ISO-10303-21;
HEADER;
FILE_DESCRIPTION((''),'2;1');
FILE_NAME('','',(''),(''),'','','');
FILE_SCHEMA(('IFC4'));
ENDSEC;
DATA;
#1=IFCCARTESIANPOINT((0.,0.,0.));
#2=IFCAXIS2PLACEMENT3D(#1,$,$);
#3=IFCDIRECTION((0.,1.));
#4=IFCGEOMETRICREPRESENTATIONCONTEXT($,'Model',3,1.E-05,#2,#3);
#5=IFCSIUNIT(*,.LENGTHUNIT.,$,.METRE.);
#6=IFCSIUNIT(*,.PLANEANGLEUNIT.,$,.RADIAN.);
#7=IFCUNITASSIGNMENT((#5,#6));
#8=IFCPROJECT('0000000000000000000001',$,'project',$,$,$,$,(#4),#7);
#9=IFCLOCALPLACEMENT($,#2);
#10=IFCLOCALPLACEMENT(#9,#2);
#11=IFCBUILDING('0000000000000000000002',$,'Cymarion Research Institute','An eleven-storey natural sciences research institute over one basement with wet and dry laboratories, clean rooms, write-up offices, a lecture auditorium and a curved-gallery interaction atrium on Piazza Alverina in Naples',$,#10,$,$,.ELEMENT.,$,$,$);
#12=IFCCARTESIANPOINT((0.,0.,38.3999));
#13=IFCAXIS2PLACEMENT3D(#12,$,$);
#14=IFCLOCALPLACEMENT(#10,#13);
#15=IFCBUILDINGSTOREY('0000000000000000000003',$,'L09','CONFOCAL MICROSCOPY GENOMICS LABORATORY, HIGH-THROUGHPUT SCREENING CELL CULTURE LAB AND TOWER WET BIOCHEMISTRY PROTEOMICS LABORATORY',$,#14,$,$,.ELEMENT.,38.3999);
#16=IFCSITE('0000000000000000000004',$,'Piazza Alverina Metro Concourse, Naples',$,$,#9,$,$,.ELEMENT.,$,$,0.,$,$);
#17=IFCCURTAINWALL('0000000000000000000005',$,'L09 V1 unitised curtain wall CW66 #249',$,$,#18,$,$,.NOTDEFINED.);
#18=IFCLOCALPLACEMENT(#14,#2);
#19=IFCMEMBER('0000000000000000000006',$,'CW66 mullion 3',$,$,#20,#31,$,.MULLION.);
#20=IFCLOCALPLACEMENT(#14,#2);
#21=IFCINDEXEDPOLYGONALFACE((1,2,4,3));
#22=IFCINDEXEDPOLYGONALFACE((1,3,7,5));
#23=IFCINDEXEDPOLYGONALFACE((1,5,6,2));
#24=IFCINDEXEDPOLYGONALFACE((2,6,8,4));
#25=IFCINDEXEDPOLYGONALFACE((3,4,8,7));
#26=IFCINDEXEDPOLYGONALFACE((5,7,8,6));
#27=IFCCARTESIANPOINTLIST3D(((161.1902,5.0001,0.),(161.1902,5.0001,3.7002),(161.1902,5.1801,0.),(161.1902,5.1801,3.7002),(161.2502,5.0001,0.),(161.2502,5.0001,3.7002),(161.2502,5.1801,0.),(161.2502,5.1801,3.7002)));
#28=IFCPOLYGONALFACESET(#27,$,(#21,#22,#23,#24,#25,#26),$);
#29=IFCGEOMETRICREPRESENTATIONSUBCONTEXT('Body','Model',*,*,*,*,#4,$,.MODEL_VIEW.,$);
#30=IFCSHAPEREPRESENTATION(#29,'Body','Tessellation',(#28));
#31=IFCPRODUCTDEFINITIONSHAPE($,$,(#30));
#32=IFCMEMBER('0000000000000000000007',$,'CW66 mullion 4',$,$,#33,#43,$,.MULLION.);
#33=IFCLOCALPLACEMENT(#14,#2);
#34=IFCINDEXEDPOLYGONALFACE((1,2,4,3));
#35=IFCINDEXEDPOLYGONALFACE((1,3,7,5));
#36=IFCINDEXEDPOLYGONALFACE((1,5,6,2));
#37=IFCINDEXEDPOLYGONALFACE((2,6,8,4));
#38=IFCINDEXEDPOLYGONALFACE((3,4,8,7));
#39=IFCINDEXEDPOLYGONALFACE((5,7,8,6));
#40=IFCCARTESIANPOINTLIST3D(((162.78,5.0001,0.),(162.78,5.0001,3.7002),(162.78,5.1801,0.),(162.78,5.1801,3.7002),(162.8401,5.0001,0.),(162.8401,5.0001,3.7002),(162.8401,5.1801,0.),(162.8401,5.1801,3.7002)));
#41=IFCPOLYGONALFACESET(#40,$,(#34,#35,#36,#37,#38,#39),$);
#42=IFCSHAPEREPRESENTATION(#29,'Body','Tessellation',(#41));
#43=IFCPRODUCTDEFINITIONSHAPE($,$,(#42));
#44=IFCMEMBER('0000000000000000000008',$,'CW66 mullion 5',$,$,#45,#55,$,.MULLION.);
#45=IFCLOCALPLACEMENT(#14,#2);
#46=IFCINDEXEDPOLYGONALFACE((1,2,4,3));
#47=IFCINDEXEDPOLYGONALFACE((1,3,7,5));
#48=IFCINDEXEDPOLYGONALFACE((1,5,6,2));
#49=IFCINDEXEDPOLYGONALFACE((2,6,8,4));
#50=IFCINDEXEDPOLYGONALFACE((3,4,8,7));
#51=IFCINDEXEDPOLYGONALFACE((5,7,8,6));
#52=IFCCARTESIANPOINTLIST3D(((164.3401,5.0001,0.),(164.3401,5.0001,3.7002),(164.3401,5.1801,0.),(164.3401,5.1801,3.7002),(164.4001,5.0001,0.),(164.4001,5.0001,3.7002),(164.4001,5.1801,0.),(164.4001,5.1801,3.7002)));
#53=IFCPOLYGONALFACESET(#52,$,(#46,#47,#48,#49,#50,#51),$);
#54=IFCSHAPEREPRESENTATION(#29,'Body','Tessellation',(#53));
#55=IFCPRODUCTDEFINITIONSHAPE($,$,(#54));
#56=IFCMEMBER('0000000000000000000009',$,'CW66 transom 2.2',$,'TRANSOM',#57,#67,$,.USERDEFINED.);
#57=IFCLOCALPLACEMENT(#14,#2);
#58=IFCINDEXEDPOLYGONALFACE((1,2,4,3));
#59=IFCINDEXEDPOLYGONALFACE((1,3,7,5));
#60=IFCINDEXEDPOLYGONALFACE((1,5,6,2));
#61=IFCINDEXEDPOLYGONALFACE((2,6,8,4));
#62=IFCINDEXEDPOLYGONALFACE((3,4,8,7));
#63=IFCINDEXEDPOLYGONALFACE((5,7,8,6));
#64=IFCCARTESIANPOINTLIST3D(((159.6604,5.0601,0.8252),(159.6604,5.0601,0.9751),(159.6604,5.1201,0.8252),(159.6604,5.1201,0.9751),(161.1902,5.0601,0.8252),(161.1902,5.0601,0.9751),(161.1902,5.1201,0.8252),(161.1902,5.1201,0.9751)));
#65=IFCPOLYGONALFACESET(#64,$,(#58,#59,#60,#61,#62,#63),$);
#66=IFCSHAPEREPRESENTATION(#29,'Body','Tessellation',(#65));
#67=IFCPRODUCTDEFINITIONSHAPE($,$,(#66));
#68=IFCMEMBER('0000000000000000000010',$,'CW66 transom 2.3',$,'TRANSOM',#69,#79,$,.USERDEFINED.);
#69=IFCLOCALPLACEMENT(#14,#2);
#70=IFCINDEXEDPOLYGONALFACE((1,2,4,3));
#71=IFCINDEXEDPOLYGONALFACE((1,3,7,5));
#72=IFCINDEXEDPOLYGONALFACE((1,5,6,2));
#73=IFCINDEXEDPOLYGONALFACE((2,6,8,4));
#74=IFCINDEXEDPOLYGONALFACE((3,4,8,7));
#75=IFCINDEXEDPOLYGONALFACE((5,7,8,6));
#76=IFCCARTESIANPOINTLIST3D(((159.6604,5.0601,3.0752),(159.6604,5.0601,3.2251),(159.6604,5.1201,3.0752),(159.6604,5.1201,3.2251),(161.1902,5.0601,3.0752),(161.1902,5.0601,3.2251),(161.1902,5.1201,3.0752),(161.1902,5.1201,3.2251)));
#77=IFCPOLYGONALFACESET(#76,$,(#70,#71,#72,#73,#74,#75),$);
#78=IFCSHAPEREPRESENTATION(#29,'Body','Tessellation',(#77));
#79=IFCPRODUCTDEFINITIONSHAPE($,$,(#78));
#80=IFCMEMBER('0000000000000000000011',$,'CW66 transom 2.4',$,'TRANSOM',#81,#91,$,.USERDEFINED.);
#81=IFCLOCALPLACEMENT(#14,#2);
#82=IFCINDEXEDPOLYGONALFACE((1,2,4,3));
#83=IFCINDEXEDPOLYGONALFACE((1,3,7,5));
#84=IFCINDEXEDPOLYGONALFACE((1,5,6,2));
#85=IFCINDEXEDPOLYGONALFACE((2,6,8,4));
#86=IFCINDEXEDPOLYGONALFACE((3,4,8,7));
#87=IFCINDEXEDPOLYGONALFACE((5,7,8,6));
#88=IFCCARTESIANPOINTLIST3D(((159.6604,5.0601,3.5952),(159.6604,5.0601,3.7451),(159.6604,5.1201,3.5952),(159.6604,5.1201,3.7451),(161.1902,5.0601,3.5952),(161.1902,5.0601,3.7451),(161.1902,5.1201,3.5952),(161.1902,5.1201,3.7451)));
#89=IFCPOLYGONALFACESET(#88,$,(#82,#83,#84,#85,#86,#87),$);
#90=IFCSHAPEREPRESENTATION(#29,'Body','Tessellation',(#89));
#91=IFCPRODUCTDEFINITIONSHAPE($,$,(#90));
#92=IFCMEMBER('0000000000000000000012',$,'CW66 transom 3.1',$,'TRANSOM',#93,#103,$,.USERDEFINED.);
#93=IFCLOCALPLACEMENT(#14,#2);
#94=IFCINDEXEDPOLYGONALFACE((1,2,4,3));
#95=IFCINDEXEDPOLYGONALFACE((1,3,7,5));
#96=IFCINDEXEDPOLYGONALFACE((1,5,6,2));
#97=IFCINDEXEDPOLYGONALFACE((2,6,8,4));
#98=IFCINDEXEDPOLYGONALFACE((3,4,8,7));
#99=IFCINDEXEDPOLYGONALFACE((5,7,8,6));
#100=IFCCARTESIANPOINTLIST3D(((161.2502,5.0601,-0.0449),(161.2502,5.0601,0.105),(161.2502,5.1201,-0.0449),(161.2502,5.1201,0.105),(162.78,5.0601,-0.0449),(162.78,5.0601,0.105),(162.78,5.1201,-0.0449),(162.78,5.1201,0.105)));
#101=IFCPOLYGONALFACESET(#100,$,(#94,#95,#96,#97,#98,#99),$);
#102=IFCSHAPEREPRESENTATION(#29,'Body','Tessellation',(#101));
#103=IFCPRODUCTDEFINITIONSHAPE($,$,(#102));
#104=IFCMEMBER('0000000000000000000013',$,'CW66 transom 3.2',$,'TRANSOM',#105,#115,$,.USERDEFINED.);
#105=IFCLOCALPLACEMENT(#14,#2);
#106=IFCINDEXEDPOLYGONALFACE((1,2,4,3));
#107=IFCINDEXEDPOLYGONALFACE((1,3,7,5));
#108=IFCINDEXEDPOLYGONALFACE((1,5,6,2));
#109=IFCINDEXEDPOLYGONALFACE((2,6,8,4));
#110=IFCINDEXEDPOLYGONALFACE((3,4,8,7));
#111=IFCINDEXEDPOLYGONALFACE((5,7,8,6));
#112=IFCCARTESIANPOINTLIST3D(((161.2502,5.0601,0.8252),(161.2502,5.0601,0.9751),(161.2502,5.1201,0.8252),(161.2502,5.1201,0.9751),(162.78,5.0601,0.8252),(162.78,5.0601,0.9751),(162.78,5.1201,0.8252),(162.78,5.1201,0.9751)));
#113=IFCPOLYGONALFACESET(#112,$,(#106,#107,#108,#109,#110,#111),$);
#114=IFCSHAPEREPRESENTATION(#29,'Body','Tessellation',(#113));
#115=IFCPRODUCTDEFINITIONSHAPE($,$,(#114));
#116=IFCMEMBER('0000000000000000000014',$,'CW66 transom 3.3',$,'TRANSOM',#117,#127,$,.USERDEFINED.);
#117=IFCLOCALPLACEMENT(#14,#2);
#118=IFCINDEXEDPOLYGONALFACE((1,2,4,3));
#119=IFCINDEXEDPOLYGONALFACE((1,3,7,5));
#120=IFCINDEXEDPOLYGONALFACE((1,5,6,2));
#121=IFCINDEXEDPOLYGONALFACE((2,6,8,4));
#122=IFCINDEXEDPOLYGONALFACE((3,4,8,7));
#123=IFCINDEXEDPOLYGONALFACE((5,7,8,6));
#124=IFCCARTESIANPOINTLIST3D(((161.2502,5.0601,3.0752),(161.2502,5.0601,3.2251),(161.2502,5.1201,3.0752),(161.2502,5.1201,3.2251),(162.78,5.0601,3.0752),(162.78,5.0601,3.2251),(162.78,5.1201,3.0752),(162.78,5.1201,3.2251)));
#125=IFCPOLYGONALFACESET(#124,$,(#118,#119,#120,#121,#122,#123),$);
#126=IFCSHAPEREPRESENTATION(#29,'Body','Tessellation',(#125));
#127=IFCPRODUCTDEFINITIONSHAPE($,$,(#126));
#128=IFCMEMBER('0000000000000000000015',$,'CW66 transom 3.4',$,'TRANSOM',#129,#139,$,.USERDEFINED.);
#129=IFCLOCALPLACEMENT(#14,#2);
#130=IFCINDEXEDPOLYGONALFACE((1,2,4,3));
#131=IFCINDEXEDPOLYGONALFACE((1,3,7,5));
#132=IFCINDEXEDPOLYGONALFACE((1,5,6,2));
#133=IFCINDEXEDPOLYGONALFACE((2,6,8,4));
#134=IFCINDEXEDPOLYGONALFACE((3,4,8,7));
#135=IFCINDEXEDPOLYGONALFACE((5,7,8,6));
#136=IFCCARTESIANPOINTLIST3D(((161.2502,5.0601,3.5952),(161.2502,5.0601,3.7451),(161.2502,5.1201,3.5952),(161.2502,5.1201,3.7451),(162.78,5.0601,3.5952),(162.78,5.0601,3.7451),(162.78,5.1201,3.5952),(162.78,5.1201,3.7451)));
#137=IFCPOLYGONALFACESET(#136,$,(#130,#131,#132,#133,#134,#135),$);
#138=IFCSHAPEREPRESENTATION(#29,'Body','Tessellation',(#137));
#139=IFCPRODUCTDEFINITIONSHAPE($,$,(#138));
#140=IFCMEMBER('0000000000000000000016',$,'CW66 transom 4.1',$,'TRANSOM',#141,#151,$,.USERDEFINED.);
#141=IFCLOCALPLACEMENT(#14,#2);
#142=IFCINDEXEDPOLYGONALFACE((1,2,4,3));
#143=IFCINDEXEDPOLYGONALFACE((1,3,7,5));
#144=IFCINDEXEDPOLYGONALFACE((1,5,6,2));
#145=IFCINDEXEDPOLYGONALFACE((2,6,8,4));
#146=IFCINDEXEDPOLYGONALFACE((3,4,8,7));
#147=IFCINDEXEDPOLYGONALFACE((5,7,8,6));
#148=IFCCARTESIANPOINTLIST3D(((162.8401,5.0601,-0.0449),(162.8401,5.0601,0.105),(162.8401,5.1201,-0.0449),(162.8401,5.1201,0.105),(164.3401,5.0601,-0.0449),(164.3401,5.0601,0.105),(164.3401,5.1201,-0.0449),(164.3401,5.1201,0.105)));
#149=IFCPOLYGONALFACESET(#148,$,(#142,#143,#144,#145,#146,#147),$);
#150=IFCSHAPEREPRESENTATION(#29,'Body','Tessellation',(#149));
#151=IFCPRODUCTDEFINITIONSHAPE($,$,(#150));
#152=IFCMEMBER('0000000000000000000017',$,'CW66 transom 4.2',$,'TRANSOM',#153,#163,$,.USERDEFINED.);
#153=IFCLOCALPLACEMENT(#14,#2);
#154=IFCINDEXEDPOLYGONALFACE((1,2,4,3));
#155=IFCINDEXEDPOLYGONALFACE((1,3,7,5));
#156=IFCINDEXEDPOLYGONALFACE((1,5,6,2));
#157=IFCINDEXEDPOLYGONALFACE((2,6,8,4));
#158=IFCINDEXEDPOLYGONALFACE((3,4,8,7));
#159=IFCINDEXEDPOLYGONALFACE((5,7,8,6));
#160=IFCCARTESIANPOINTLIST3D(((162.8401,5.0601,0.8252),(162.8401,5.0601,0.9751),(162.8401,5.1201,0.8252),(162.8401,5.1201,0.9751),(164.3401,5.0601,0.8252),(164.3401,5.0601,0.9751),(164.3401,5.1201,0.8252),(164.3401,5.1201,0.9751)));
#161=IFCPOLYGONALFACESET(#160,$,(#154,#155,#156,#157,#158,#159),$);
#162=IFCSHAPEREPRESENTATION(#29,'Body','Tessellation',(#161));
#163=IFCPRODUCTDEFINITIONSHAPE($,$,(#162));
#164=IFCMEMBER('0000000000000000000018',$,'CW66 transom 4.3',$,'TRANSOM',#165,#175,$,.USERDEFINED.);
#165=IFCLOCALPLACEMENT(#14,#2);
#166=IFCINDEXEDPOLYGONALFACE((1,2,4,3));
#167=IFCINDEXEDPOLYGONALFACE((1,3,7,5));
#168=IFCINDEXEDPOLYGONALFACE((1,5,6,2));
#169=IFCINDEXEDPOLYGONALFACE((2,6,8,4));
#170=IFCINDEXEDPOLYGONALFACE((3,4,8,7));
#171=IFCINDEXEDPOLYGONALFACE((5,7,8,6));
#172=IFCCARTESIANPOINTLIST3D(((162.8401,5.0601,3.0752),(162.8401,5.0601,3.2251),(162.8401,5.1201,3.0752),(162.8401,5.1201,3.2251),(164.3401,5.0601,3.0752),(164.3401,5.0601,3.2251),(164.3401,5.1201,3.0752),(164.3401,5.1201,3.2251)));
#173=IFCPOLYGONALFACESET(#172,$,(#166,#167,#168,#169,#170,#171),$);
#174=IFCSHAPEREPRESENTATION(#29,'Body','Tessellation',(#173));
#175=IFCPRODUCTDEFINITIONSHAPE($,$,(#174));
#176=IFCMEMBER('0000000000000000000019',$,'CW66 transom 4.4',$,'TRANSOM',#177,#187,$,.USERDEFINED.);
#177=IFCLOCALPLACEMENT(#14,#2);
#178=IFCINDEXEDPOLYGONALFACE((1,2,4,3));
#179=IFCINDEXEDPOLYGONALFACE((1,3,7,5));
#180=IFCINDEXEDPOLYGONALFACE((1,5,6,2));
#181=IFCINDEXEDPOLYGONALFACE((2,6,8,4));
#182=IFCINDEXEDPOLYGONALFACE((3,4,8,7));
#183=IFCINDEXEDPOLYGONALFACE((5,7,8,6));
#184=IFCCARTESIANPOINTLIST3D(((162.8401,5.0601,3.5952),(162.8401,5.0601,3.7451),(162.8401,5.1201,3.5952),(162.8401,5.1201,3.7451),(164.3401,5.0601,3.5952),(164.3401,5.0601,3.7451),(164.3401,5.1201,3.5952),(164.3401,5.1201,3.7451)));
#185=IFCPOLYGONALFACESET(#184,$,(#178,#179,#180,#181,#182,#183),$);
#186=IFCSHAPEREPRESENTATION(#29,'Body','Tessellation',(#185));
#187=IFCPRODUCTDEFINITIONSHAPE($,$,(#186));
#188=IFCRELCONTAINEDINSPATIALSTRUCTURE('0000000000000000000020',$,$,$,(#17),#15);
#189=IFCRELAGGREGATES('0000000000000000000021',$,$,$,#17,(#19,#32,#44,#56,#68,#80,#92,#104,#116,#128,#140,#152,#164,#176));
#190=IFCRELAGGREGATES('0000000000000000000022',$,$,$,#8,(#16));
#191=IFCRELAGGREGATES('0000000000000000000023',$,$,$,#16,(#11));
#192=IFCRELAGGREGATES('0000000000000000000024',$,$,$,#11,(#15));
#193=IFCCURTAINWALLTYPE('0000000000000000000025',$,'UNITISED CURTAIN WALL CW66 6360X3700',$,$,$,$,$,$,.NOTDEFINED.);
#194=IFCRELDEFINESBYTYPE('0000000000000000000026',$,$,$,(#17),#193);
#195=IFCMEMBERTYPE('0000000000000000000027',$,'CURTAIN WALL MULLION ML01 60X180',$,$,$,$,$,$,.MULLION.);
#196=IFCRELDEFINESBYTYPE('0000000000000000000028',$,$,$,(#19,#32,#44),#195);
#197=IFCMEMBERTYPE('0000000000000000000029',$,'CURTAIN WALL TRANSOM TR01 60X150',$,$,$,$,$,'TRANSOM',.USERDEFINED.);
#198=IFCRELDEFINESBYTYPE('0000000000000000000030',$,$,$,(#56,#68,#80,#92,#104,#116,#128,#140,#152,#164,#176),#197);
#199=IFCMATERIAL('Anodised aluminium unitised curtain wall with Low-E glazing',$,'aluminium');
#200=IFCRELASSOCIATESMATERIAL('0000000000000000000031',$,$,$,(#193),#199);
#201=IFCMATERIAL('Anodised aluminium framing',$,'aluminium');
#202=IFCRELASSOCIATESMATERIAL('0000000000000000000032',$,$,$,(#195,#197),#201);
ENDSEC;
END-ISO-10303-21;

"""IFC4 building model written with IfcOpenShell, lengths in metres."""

from ifc_helpers import new_model, si_unit, direction, frame, origin, origin_2d, place, context, subcontext, project, spatial, rectangle, extrude, material, material_profile, profile_set, type_object, element, aggregate, save


model = new_model("IFC4")

# Units and contexts
model_context = context("Model", 3, precision=1e-05, world=origin(), true_north=direction((0.0, 1.0)))
body_context = subcontext(model_context, "Body", "Model", "MODEL_VIEW")
ifc_project = project(units=[si_unit("LENGTHUNIT", "METRE"), si_unit("PLANEANGLEUNIT", "RADIAN")], contexts=[model_context])

# Site, building, storey
site_placement = place(None, origin())
site = spatial("IfcSite", under=ifc_project, at=site_placement, Name="Piazza Alverina Metro Concourse, Naples", CompositionType="ELEMENT", RefElevation=0.0)
building_placement = place(site_placement, origin())
building = spatial("IfcBuilding", under=site, at=building_placement, Name="Cymarion Research Institute", Description="An eleven-storey natural sciences research institute over one basement with wet and dry laboratories, clean rooms, write-up offices, a lecture auditorium and a curved-gallery interaction atrium on Piazza Alverina in Naples", CompositionType="ELEMENT")
storey_placement = place(building_placement, frame((0.0, 0.0, 38.3999)))
storey = spatial("IfcBuildingStorey", under=building, at=storey_placement, Name="L09", Description="CONFOCAL MICROSCOPY GENOMICS LABORATORY, HIGH-THROUGHPUT SCREENING CELL CULTURE LAB AND TOWER WET BIOCHEMISTRY PROTEOMICS LABORATORY", CompositionType="ELEMENT", Elevation=38.3999)

# Curtain wall, members
ifc_material_1 = material(Name="Anodised aluminium unitised curtain wall with Low-E glazing", Category="aluminium")
curtain_wall_type = type_object("IfcCurtainWallType", Name="UNITISED CURTAIN WALL CW66 6360X3700", PredefinedType="NOTDEFINED", material=ifc_material_1)
curtain_wall_placement = place(storey_placement, origin())
curtain_wall = element("IfcCurtainWall", 1, at=curtain_wall_placement, inside=storey, type_object=curtain_wall_type, Name="L09 V1 unitised curtain wall CW66 #249", PredefinedType="NOTDEFINED")
ifc_material_2 = material(Name="Anodised aluminium framing", Category="aluminium")
ifc_material_profile_1 = material_profile(ifc_material_2, rectangle(XDim=0.0601, YDim=0.1799, at=origin_2d()), Name="ALU MULLION 60x180")
ifc_profile_set_1 = profile_set([ifc_material_profile_1], Name="Anodised aluminium framing")
member_type_1 = type_object("IfcMemberType", Name="CURTAIN WALL MULLION ML01 60X180", PredefinedType="MULLION", material=ifc_profile_set_1)
member_1_placement = place(storey_placement, frame((161.2202, 5.0901, 0.0), z_axis=(0.0, 0.0, 1.0), x_axis=(1.0, 0.0, 0.0)))
member_1 = element("IfcMember", 2, at=member_1_placement, type_object=member_type_1, Name="CW66 mullion 3", PredefinedType="MULLION", context=body_context, shape_type="SweptSolid", body=[
    extrude(rectangle(XDim=0.0601, YDim=0.1799, at=origin_2d()), origin(), (0.0, 0.0, 1.0), 3.7002),
])
member_2_placement = place(storey_placement, frame((162.8101, 5.0901, 0.0), z_axis=(0.0, 0.0, 1.0), x_axis=(1.0, 0.0, 0.0)))
member_2 = element("IfcMember", 3, at=member_2_placement, type_object=member_type_1, Name="CW66 mullion 4", PredefinedType="MULLION", context=body_context, shape_type="SweptSolid", body=[
    extrude(rectangle(XDim=0.0601, YDim=0.1799, at=origin_2d()), origin(), (0.0, 0.0, 1.0), 3.7002),
])
member_3_placement = place(storey_placement, frame((164.3701, 5.0901, 0.0), z_axis=(0.0, 0.0, 1.0), x_axis=(1.0, 0.0, 0.0)))
member_3 = element("IfcMember", 4, at=member_3_placement, type_object=member_type_1, Name="CW66 mullion 5", PredefinedType="MULLION", context=body_context, shape_type="SweptSolid", body=[
    extrude(rectangle(XDim=0.0601, YDim=0.1799, at=origin_2d()), origin(), (0.0, 0.0, 1.0), 3.7002),
])
ifc_material_profile_2 = material_profile(ifc_material_2, rectangle(XDim=0.0601, YDim=0.1499, at=origin_2d()), Name="ALU TRANSOM 60x150")
ifc_profile_set_2 = profile_set([ifc_material_profile_2], Name="Anodised aluminium framing")
member_type_2 = type_object("IfcMemberType", Name="CURTAIN WALL TRANSOM TR01 60X150", ElementType="TRANSOM", PredefinedType="USERDEFINED", material=ifc_profile_set_2)
member_4_placement = place(storey_placement, frame((159.6604, 5.0901, 0.9001), z_axis=(1.0, 0.0, 0.0), x_axis=(0.0, 1.0, 0.0)))
member_4 = element("IfcMember", 5, at=member_4_placement, type_object=member_type_2, Name="CW66 transom 2.2", ObjectType="TRANSOM", PredefinedType="USERDEFINED", context=body_context, shape_type="SweptSolid", body=[
    extrude(rectangle(XDim=0.0601, YDim=0.1499, at=origin_2d()), origin(), (0.0, 0.0, 1.0), 1.5298),
])
member_5_placement = place(storey_placement, frame((159.6604, 5.0901, 3.1501), z_axis=(1.0, 0.0, 0.0), x_axis=(0.0, 1.0, 0.0)))
member_5 = element("IfcMember", 6, at=member_5_placement, type_object=member_type_2, Name="CW66 transom 2.3", ObjectType="TRANSOM", PredefinedType="USERDEFINED", context=body_context, shape_type="SweptSolid", body=[
    extrude(rectangle(XDim=0.0601, YDim=0.1499, at=origin_2d()), origin(), (0.0, 0.0, 1.0), 1.5298),
])
member_6_placement = place(storey_placement, frame((159.6604, 5.0901, 3.6702), z_axis=(1.0, 0.0, 0.0), x_axis=(0.0, 1.0, 0.0)))
member_6 = element("IfcMember", 7, at=member_6_placement, type_object=member_type_2, Name="CW66 transom 2.4", ObjectType="TRANSOM", PredefinedType="USERDEFINED", context=body_context, shape_type="SweptSolid", body=[
    extrude(rectangle(XDim=0.0601, YDim=0.1499, at=origin_2d()), origin(), (0.0, 0.0, 1.0), 1.5298),
])
member_7_placement = place(storey_placement, frame((161.2502, 5.0901, 0.03), z_axis=(1.0, 0.0, 0.0), x_axis=(0.0, 1.0, 0.0)))
member_7 = element("IfcMember", 8, at=member_7_placement, type_object=member_type_2, Name="CW66 transom 3.1", ObjectType="TRANSOM", PredefinedType="USERDEFINED", context=body_context, shape_type="SweptSolid", body=[
    extrude(rectangle(XDim=0.0601, YDim=0.1499, at=origin_2d()), origin(), (0.0, 0.0, 1.0), 1.5298),
])
member_8_placement = place(storey_placement, frame((161.2502, 5.0901, 0.9001), z_axis=(1.0, 0.0, 0.0), x_axis=(0.0, 1.0, 0.0)))
member_8 = element("IfcMember", 9, at=member_8_placement, type_object=member_type_2, Name="CW66 transom 3.2", ObjectType="TRANSOM", PredefinedType="USERDEFINED", context=body_context, shape_type="SweptSolid", body=[
    extrude(rectangle(XDim=0.0601, YDim=0.1499, at=origin_2d()), origin(), (0.0, 0.0, 1.0), 1.5298),
])
member_9_placement = place(storey_placement, frame((161.2502, 5.0901, 3.1501), z_axis=(1.0, 0.0, 0.0), x_axis=(0.0, 1.0, 0.0)))
member_9 = element("IfcMember", 10, at=member_9_placement, type_object=member_type_2, Name="CW66 transom 3.3", ObjectType="TRANSOM", PredefinedType="USERDEFINED", context=body_context, shape_type="SweptSolid", body=[
    extrude(rectangle(XDim=0.0601, YDim=0.1499, at=origin_2d()), origin(), (0.0, 0.0, 1.0), 1.5298),
])
member_10_placement = place(storey_placement, frame((161.2502, 5.0901, 3.6702), z_axis=(1.0, 0.0, 0.0), x_axis=(0.0, 1.0, 0.0)))
member_10 = element("IfcMember", 11, at=member_10_placement, type_object=member_type_2, Name="CW66 transom 3.4", ObjectType="TRANSOM", PredefinedType="USERDEFINED", context=body_context, shape_type="SweptSolid", body=[
    extrude(rectangle(XDim=0.0601, YDim=0.1499, at=origin_2d()), origin(), (0.0, 0.0, 1.0), 1.5298),
])
member_11_placement = place(storey_placement, frame((162.8401, 5.0901, 0.03), z_axis=(1.0, 0.0, 0.0), x_axis=(0.0, 1.0, 0.0)))
member_11 = element("IfcMember", 12, at=member_11_placement, type_object=member_type_2, Name="CW66 transom 4.1", ObjectType="TRANSOM", PredefinedType="USERDEFINED", context=body_context, shape_type="SweptSolid", body=[
    extrude(rectangle(XDim=0.0601, YDim=0.1499, at=origin_2d()), origin(), (0.0, 0.0, 1.0), 1.5),
])
member_12_placement = place(storey_placement, frame((162.8401, 5.0901, 0.9001), z_axis=(1.0, 0.0, 0.0), x_axis=(0.0, 1.0, 0.0)))
member_12 = element("IfcMember", 13, at=member_12_placement, type_object=member_type_2, Name="CW66 transom 4.2", ObjectType="TRANSOM", PredefinedType="USERDEFINED", context=body_context, shape_type="SweptSolid", body=[
    extrude(rectangle(XDim=0.0601, YDim=0.1499, at=origin_2d()), origin(), (0.0, 0.0, 1.0), 1.5),
])
member_13_placement = place(storey_placement, frame((162.8401, 5.0901, 3.1501), z_axis=(1.0, 0.0, 0.0), x_axis=(0.0, 1.0, 0.0)))
member_13 = element("IfcMember", 14, at=member_13_placement, type_object=member_type_2, Name="CW66 transom 4.3", ObjectType="TRANSOM", PredefinedType="USERDEFINED", context=body_context, shape_type="SweptSolid", body=[
    extrude(rectangle(XDim=0.0601, YDim=0.1499, at=origin_2d()), origin(), (0.0, 0.0, 1.0), 1.5),
])
member_14_placement = place(storey_placement, frame((162.8401, 5.0901, 3.6702), z_axis=(1.0, 0.0, 0.0), x_axis=(0.0, 1.0, 0.0)))
member_14 = element("IfcMember", 15, at=member_14_placement, type_object=member_type_2, Name="CW66 transom 4.4", ObjectType="TRANSOM", PredefinedType="USERDEFINED", context=body_context, shape_type="SweptSolid", body=[
    extrude(rectangle(XDim=0.0601, YDim=0.1499, at=origin_2d()), origin(), (0.0, 0.0, 1.0), 1.5),
])
aggregate(curtain_wall, [member_1, member_2, member_3, member_4, member_5, member_6, member_7, member_8, member_9, member_10, member_11, member_12, member_13, member_14])

save(model, "model.ifc")
